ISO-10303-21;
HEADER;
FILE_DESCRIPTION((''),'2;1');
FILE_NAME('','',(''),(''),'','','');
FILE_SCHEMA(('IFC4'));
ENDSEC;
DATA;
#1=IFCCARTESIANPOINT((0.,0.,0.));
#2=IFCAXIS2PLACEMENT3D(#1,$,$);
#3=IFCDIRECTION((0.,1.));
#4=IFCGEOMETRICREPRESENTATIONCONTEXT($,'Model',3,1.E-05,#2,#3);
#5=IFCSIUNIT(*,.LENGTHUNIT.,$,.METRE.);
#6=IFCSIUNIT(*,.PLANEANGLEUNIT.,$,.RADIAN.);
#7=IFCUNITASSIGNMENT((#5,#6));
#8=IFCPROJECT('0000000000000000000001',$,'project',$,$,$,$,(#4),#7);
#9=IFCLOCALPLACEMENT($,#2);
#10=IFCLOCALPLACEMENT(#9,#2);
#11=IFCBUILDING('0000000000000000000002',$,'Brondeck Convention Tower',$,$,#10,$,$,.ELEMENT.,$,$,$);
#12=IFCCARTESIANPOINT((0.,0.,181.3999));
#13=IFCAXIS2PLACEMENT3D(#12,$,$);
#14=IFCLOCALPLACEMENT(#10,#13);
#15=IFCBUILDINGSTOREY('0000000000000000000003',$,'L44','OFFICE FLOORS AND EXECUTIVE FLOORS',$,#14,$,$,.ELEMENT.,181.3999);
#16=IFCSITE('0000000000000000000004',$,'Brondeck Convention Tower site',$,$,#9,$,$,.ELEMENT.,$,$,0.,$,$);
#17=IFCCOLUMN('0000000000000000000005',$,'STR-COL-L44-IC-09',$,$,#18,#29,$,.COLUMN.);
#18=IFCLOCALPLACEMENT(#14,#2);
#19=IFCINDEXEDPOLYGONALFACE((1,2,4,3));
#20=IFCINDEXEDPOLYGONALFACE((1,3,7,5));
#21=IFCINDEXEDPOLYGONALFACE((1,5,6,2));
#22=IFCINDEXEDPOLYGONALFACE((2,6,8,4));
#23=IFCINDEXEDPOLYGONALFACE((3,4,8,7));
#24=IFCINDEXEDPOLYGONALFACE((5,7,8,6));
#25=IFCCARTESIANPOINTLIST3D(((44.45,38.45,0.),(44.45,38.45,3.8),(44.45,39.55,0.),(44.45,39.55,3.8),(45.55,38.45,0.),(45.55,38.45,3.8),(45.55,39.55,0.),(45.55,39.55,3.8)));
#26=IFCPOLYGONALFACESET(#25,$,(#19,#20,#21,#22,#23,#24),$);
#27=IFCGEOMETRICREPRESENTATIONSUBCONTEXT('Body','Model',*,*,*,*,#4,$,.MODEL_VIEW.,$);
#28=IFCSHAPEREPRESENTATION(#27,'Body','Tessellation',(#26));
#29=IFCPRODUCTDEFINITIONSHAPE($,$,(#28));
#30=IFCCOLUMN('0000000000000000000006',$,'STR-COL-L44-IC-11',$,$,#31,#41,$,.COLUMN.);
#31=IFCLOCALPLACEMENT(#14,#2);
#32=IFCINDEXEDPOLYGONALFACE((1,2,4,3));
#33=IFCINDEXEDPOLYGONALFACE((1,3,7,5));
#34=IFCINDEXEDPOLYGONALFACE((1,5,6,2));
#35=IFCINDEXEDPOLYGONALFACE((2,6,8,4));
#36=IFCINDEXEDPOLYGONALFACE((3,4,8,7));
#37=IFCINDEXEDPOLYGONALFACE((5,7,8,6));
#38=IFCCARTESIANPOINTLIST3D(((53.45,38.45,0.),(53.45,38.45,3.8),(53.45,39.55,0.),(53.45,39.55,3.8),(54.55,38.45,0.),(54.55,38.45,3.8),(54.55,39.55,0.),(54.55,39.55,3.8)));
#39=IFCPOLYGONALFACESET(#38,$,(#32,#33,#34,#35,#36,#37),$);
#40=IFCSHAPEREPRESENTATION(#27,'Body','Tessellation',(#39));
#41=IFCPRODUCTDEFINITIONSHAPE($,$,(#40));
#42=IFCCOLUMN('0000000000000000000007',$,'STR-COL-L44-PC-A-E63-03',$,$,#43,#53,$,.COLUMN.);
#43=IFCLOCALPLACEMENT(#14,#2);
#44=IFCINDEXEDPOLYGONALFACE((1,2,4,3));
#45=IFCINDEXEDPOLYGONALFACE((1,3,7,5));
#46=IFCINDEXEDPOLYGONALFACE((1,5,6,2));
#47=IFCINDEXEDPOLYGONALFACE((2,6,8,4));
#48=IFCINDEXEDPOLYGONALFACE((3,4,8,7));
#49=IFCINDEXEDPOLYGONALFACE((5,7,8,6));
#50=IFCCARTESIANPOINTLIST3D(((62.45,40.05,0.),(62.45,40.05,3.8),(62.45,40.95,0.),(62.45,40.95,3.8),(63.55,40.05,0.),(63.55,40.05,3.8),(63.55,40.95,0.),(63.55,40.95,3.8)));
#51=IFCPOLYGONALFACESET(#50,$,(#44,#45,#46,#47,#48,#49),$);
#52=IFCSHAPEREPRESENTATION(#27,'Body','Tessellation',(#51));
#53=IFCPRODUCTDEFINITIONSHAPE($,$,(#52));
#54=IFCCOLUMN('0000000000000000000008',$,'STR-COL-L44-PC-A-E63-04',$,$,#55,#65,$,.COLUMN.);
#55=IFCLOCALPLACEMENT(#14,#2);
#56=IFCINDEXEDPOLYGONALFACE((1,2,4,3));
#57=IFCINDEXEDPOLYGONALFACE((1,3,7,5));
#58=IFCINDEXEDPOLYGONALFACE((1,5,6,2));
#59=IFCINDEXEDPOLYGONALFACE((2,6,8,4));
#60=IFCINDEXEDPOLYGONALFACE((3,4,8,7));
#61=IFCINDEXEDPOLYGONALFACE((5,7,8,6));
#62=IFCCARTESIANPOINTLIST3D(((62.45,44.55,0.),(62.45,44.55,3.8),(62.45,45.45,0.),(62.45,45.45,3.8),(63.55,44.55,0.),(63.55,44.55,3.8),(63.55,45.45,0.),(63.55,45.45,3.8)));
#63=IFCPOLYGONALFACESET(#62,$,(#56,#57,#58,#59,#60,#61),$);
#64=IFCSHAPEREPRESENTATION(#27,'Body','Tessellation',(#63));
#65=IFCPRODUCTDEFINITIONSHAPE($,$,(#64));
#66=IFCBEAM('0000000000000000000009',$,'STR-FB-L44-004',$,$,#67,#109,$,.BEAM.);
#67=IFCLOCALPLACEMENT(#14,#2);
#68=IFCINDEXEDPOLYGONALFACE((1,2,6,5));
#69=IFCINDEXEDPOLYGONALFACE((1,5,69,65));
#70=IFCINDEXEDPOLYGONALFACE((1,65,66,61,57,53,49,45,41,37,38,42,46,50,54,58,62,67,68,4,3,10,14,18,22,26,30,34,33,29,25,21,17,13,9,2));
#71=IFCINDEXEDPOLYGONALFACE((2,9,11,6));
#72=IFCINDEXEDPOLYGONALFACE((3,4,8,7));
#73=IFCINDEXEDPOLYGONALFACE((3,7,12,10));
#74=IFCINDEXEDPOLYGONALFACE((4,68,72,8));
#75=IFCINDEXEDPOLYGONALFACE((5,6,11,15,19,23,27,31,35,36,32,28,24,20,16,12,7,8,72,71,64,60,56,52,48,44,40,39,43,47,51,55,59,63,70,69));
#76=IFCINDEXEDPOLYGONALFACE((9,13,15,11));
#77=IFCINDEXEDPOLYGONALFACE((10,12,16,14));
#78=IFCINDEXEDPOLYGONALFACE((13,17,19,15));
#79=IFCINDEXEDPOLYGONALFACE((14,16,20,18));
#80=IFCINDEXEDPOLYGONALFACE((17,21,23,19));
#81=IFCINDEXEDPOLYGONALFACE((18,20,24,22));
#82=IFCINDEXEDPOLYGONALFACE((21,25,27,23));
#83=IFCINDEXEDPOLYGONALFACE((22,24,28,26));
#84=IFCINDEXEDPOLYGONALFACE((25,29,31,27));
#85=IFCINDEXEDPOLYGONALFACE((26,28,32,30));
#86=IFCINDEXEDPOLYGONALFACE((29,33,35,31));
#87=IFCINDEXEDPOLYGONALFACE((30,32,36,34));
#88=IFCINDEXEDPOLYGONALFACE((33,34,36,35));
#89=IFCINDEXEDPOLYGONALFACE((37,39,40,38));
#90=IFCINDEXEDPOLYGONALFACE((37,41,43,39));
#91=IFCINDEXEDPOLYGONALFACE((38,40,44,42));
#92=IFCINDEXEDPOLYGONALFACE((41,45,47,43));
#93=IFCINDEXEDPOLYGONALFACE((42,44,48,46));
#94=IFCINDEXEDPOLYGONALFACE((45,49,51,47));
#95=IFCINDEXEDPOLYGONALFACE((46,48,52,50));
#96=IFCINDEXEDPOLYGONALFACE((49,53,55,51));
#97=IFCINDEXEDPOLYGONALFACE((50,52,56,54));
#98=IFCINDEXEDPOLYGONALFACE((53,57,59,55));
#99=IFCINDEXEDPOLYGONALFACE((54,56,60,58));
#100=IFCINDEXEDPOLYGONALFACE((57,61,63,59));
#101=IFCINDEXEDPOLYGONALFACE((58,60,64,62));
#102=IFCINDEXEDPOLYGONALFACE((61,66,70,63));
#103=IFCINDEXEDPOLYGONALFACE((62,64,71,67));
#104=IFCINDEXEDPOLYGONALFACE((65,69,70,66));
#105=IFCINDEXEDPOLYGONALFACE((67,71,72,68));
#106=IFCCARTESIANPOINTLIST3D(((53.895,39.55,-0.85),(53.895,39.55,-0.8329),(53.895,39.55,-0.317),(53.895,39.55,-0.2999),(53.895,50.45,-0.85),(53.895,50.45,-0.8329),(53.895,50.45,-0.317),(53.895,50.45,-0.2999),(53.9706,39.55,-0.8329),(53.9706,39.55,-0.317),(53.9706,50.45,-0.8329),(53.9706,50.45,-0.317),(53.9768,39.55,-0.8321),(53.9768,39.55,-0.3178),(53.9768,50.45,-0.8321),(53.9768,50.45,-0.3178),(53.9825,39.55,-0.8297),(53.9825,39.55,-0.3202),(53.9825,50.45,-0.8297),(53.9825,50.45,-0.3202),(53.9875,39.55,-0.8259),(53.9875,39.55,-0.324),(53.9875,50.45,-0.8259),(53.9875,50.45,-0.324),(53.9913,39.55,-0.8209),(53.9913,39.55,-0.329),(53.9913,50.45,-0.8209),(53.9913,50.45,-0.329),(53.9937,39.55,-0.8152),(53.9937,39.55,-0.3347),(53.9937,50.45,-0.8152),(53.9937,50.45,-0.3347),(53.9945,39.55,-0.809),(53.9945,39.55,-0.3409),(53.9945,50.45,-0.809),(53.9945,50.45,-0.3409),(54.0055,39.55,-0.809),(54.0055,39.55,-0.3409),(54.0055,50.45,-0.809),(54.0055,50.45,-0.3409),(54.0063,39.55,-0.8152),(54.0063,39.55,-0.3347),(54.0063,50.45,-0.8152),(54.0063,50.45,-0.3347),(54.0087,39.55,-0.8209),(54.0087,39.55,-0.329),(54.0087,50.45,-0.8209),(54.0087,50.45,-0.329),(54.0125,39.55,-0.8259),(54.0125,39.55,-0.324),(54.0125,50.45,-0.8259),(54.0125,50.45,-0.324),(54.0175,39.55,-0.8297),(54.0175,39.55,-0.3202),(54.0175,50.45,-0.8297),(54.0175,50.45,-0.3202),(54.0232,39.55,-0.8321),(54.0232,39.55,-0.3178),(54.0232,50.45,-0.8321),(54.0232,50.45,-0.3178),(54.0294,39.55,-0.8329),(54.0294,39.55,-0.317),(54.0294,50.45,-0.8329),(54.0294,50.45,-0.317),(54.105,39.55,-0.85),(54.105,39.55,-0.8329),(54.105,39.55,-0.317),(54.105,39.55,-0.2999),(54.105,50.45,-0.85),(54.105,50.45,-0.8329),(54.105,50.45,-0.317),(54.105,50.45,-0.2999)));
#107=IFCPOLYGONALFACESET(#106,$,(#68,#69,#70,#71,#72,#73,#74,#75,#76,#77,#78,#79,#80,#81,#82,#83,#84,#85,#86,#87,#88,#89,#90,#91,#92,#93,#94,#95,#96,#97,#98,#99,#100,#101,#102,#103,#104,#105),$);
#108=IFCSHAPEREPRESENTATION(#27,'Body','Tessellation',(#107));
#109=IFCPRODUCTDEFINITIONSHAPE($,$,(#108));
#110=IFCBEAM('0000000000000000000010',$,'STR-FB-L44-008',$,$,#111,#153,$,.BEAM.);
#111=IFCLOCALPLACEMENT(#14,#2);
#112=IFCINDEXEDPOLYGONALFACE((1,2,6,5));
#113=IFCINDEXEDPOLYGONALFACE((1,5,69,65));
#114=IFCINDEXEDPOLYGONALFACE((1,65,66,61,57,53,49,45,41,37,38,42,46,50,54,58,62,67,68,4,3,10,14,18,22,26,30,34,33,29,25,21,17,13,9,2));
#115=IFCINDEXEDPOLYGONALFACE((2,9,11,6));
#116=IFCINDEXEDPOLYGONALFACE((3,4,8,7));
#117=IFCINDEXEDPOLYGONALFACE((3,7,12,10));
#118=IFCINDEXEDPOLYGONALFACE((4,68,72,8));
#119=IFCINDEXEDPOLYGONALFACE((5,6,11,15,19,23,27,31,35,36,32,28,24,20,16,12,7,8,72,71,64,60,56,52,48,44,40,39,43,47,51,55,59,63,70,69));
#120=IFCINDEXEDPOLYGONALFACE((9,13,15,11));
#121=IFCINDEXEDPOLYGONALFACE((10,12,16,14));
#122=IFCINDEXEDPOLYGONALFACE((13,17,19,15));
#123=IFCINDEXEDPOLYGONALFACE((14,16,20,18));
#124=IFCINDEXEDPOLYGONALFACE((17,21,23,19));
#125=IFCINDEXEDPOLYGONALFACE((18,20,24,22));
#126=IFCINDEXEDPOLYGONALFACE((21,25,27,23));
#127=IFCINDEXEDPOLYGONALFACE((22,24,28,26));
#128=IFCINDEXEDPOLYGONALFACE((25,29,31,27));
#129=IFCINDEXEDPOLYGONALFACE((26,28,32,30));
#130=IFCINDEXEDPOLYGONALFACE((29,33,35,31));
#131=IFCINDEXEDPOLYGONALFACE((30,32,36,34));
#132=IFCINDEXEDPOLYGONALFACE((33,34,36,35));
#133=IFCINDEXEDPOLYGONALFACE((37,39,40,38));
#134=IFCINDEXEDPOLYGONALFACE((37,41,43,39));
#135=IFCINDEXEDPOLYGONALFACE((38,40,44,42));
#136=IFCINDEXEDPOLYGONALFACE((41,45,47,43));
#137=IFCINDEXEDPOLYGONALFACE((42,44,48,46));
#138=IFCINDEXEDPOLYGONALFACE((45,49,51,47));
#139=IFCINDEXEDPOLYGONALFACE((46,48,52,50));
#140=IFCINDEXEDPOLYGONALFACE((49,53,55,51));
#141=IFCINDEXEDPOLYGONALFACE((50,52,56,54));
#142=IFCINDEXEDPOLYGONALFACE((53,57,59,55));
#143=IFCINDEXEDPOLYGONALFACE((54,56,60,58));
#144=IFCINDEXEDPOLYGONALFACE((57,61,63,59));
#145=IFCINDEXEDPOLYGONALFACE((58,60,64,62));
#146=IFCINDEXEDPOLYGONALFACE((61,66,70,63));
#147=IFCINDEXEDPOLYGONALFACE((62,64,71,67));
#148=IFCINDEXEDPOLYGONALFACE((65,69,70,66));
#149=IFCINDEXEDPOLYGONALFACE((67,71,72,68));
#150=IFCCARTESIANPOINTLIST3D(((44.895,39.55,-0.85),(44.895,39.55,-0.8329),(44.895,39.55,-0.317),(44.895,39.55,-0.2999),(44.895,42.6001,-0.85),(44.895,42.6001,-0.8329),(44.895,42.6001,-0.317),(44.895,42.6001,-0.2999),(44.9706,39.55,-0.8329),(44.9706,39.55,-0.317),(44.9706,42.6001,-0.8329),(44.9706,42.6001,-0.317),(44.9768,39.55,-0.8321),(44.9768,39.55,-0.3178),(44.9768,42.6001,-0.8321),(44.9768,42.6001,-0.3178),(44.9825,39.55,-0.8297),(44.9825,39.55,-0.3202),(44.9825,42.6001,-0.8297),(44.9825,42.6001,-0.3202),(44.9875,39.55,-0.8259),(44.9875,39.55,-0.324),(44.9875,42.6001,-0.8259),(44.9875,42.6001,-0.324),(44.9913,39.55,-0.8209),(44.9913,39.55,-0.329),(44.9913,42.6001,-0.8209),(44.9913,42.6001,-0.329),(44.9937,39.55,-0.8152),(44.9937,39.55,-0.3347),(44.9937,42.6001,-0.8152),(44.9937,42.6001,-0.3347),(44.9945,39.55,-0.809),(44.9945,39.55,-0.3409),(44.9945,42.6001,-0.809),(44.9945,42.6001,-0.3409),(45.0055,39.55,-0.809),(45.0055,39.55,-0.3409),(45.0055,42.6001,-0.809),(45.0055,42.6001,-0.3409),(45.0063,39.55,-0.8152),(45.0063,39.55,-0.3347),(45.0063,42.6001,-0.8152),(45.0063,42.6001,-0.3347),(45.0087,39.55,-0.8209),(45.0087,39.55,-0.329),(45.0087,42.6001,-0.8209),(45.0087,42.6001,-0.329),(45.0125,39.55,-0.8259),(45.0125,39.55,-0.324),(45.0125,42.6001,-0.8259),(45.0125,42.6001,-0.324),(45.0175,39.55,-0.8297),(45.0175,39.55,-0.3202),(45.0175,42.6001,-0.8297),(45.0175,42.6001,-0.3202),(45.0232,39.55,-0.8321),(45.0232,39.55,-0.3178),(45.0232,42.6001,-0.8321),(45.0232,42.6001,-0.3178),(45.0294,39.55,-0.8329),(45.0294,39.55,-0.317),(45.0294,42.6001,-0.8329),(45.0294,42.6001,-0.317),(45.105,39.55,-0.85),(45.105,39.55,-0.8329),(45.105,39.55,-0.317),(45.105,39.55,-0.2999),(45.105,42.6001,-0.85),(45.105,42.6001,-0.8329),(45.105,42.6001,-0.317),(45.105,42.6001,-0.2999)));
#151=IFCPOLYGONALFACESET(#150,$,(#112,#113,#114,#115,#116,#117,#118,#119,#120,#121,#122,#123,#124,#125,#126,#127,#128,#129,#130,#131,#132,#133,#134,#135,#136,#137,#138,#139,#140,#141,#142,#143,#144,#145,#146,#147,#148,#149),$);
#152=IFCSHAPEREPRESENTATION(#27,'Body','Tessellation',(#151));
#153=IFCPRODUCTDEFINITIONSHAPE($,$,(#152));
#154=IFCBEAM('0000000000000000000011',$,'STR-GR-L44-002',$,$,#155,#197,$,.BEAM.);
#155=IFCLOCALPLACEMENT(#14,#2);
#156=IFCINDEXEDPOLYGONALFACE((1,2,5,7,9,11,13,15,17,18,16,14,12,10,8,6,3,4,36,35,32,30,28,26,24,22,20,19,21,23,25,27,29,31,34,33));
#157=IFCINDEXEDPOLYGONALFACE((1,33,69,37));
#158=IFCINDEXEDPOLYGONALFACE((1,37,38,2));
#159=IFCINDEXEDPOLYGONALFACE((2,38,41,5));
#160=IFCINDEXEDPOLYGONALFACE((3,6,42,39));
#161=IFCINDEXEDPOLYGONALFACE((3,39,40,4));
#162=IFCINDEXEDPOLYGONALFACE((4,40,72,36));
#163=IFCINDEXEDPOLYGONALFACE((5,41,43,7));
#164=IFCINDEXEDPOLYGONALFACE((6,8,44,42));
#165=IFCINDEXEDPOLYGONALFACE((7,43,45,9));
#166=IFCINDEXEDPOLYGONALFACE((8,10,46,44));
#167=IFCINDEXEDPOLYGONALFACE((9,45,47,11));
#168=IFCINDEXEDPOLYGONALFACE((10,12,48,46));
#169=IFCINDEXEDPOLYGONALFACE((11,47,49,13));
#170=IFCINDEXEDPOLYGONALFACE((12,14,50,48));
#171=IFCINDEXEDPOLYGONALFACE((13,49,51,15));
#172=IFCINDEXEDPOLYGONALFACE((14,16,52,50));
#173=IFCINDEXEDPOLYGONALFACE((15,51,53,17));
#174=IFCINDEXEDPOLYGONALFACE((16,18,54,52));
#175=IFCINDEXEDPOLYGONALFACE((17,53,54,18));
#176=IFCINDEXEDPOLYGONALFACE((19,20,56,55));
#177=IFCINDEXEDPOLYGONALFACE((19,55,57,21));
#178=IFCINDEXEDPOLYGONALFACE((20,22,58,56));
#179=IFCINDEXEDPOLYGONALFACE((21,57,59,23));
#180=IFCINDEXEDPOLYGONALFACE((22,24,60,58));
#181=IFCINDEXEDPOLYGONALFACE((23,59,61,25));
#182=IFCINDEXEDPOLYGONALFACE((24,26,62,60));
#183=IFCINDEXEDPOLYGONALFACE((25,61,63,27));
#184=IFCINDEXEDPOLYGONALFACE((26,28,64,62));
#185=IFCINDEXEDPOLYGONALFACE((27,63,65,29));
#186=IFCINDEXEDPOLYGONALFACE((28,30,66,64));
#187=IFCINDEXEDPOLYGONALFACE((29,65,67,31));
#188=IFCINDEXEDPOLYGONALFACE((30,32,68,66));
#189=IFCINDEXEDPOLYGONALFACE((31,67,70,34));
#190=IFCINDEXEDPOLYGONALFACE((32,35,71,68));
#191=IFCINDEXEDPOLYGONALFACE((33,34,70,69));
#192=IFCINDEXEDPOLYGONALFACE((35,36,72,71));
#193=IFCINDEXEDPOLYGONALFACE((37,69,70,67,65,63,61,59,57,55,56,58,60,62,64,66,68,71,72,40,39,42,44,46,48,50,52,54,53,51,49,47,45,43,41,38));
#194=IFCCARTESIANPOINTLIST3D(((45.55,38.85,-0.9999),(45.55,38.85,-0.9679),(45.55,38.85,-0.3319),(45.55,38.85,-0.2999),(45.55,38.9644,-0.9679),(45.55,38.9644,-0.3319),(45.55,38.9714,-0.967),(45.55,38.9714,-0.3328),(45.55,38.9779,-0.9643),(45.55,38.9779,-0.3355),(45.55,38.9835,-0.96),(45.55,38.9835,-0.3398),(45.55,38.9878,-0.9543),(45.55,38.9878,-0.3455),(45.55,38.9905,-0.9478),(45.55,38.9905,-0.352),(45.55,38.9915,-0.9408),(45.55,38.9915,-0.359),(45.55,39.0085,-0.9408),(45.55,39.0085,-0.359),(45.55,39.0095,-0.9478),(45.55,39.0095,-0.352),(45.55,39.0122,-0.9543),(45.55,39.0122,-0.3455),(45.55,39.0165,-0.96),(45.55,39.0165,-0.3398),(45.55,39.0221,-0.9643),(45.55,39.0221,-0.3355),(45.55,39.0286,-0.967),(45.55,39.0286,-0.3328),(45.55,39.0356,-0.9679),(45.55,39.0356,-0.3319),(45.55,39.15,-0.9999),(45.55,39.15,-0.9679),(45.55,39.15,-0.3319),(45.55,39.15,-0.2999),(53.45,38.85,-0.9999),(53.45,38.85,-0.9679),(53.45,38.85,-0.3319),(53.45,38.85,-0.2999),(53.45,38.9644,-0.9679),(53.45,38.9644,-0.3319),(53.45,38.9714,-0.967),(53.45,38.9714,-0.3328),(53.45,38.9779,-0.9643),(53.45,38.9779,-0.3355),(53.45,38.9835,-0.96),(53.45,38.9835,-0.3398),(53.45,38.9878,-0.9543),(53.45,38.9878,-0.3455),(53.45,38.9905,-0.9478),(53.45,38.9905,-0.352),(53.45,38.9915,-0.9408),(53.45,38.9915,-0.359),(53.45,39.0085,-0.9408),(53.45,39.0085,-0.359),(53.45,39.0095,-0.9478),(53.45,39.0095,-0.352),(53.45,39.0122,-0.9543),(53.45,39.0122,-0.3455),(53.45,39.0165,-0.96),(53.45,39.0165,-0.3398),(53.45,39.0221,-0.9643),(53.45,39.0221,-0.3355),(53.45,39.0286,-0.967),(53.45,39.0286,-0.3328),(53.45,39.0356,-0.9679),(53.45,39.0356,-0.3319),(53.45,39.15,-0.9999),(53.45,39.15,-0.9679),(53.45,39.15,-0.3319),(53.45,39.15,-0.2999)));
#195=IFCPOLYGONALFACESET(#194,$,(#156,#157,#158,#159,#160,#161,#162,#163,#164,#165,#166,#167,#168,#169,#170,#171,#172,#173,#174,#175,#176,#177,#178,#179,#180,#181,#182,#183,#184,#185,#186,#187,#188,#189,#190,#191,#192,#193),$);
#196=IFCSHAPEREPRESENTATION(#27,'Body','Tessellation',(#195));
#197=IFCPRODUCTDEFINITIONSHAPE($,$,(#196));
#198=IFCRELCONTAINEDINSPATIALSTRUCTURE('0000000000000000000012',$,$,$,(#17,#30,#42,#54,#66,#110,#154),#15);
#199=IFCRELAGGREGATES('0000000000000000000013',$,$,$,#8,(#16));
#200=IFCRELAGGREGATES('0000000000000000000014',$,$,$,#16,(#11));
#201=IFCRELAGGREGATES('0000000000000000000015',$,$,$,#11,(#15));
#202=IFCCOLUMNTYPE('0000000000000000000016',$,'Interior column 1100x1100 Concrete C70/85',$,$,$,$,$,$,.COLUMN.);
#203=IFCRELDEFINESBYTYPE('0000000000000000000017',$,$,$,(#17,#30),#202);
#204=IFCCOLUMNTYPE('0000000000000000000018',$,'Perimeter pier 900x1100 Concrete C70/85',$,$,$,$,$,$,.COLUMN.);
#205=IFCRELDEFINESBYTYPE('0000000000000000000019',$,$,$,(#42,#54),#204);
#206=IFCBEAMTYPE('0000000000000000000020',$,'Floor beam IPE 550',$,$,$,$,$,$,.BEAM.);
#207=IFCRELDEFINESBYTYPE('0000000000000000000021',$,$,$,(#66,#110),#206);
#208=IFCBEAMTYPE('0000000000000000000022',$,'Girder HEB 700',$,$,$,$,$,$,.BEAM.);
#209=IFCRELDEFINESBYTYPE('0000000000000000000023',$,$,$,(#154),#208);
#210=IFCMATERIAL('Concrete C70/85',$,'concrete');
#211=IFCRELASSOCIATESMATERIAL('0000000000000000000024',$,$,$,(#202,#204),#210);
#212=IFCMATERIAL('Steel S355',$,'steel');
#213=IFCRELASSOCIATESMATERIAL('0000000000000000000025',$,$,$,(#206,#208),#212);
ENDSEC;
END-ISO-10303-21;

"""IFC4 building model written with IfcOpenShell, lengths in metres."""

from ifc_helpers import new_model, si_unit, direction, frame, origin, origin_2d, place, context, subcontext, project, spatial, rectangle, i_section, extrude, material, material_profile, profile_set, type_object, element, save


model = new_model("IFC4")

# Units and contexts
model_context = context("Model", 3, precision=1e-05, world=origin(), true_north=direction((0.0, 1.0)))
body_context = subcontext(model_context, "Body", "Model", "MODEL_VIEW")
ifc_project = project(units=[si_unit("LENGTHUNIT", "METRE"), si_unit("PLANEANGLEUNIT", "RADIAN")], contexts=[model_context])

# Site, building, storey
site_placement = place(None, origin())
site = spatial("IfcSite", under=ifc_project, at=site_placement, Name="Brondeck Convention Tower site", CompositionType="ELEMENT", RefElevation=0.0)
building_placement = place(site_placement, origin())
building = spatial("IfcBuilding", under=site, at=building_placement, Name="Brondeck Convention Tower", CompositionType="ELEMENT")
storey_placement = place(building_placement, frame((0.0, 0.0, 181.3999)))
storey = spatial("IfcBuildingStorey", under=building, at=storey_placement, Name="L44", Description="OFFICE FLOORS AND EXECUTIVE FLOORS", CompositionType="ELEMENT", Elevation=181.3999)

# Columns
ifc_material_1 = material(Name="Concrete C70/85", Category="concrete")
ifc_material_profile_1 = material_profile(ifc_material_1, rectangle(XDim=1.1001, YDim=1.1001, at=origin_2d()), Name="Interior column 1100x1100 Concrete C70/85")
ifc_profile_set_1 = profile_set([ifc_material_profile_1], Name="Concrete C70/85")
column_type_1 = type_object("IfcColumnType", Name="Interior column 1100x1100 Concrete C70/85", PredefinedType="COLUMN", material=ifc_profile_set_1)
for number, where, z_axis, x_axis, name in (
    (1, (45.0, 39.0, 0.0), (0.0, 0.0, 1.0), (1.0, 0.0, 0.0), "STR-COL-L44-IC-09"),
    (2, (54.0, 39.0, 0.0), (0.0, 0.0, 1.0), (1.0, 0.0, 0.0), "STR-COL-L44-IC-11"),
):
    element("IfcColumn", number, at=place(storey_placement, frame(where, z_axis=z_axis, x_axis=x_axis)), inside=storey, type_object=column_type_1, Name=name, PredefinedType="COLUMN", context=body_context, shape_type="SweptSolid", body=[
        extrude(rectangle(XDim=1.1001, YDim=1.1001, at=origin_2d()), origin(), (0.0, 0.0, 1.0), 3.8),
    ])
ifc_material_profile_2 = material_profile(ifc_material_1, rectangle(XDim=0.8999, YDim=1.1001, at=origin_2d()), Name="Perimeter pier 900x1100 Concrete C70/85")
ifc_profile_set_2 = profile_set([ifc_material_profile_2], Name="Concrete C70/85")
column_type_2 = type_object("IfcColumnType", Name="Perimeter pier 900x1100 Concrete C70/85", PredefinedType="COLUMN", material=ifc_profile_set_2)
for number, where, z_axis, x_axis, name in (
    (3, (63.0, 40.5, 0.0), (0.0, 0.0, 1.0), (0.0, 1.0, 0.0), "STR-COL-L44-PC-A-E63-03"),
    (4, (63.0, 45.0, 0.0), (0.0, 0.0, 1.0), (0.0, 1.0, 0.0), "STR-COL-L44-PC-A-E63-04"),
):
    element("IfcColumn", number, at=place(storey_placement, frame(where, z_axis=z_axis, x_axis=x_axis)), inside=storey, type_object=column_type_2, Name=name, PredefinedType="COLUMN", context=body_context, shape_type="SweptSolid", body=[
        extrude(rectangle(XDim=0.8999, YDim=1.1001, at=origin_2d()), origin(), (0.0, 0.0, 1.0), 3.8),
    ])

# Beams
ifc_material_2 = material(Name="Steel S355", Category="steel")
ifc_material_profile_3 = material_profile(ifc_material_2, i_section(OverallWidth=0.21, OverallDepth=0.55, WebThickness=0.011, FlangeThickness=0.0171, FilletRadius=0.0239, at=origin_2d()), Name="IPE 550")
ifc_profile_set_3 = profile_set([ifc_material_profile_3], Name="Steel S355")
beam_type_1 = type_object("IfcBeamType", Name="Floor beam IPE 550", PredefinedType="BEAM", material=ifc_profile_set_3)
beam_1_placement = place(storey_placement, frame((54.0, 39.55, -0.575), z_axis=(0.0, 1.0, 0.0), x_axis=(-1.0, 0.0, 0.0)))
element("IfcBeam", 5, at=beam_1_placement, inside=storey, type_object=beam_type_1, Name="STR-FB-L44-004", PredefinedType="BEAM", context=body_context, shape_type="SweptSolid", body=[
    extrude(i_section(OverallWidth=0.21, OverallDepth=0.55, WebThickness=0.011, FlangeThickness=0.0171, FilletRadius=0.0239, at=origin_2d()), origin(), (0.0, 0.0, 1.0), 10.8999),
])
beam_2_placement = place(storey_placement, frame((45.0, 39.55, -0.575), z_axis=(0.0, 1.0, 0.0), x_axis=(-1.0, 0.0, 0.0)))
element("IfcBeam", 6, at=beam_2_placement, inside=storey, type_object=beam_type_1, Name="STR-FB-L44-008", PredefinedType="BEAM", context=body_context, shape_type="SweptSolid", body=[
    extrude(i_section(OverallWidth=0.21, OverallDepth=0.55, WebThickness=0.011, FlangeThickness=0.0171, FilletRadius=0.0239, at=origin_2d()), origin(), (0.0, 0.0, 1.0), 3.05),
])
ifc_material_profile_4 = material_profile(ifc_material_2, i_section(OverallWidth=0.3, OverallDepth=0.7, WebThickness=0.0171, FlangeThickness=0.032, FilletRadius=0.0271, at=origin_2d()), Name="HEB 700")
ifc_profile_set_4 = profile_set([ifc_material_profile_4], Name="Steel S355")
beam_type_2 = type_object("IfcBeamType", Name="Girder HEB 700", PredefinedType="BEAM", material=ifc_profile_set_4)
beam_3_placement = place(storey_placement, frame((45.55, 39.0, -0.6499), z_axis=(1.0, 0.0, 0.0), x_axis=(0.0, 1.0, 0.0)))
element("IfcBeam", 7, at=beam_3_placement, inside=storey, type_object=beam_type_2, Name="STR-GR-L44-002", PredefinedType="BEAM", context=body_context, shape_type="SweptSolid", body=[
    extrude(i_section(OverallWidth=0.3, OverallDepth=0.7, WebThickness=0.0171, FlangeThickness=0.032, FilletRadius=0.0271, at=origin_2d()), origin(), (0.0, 0.0, 1.0), 7.8999),
])

save(model, "model.ifc")
